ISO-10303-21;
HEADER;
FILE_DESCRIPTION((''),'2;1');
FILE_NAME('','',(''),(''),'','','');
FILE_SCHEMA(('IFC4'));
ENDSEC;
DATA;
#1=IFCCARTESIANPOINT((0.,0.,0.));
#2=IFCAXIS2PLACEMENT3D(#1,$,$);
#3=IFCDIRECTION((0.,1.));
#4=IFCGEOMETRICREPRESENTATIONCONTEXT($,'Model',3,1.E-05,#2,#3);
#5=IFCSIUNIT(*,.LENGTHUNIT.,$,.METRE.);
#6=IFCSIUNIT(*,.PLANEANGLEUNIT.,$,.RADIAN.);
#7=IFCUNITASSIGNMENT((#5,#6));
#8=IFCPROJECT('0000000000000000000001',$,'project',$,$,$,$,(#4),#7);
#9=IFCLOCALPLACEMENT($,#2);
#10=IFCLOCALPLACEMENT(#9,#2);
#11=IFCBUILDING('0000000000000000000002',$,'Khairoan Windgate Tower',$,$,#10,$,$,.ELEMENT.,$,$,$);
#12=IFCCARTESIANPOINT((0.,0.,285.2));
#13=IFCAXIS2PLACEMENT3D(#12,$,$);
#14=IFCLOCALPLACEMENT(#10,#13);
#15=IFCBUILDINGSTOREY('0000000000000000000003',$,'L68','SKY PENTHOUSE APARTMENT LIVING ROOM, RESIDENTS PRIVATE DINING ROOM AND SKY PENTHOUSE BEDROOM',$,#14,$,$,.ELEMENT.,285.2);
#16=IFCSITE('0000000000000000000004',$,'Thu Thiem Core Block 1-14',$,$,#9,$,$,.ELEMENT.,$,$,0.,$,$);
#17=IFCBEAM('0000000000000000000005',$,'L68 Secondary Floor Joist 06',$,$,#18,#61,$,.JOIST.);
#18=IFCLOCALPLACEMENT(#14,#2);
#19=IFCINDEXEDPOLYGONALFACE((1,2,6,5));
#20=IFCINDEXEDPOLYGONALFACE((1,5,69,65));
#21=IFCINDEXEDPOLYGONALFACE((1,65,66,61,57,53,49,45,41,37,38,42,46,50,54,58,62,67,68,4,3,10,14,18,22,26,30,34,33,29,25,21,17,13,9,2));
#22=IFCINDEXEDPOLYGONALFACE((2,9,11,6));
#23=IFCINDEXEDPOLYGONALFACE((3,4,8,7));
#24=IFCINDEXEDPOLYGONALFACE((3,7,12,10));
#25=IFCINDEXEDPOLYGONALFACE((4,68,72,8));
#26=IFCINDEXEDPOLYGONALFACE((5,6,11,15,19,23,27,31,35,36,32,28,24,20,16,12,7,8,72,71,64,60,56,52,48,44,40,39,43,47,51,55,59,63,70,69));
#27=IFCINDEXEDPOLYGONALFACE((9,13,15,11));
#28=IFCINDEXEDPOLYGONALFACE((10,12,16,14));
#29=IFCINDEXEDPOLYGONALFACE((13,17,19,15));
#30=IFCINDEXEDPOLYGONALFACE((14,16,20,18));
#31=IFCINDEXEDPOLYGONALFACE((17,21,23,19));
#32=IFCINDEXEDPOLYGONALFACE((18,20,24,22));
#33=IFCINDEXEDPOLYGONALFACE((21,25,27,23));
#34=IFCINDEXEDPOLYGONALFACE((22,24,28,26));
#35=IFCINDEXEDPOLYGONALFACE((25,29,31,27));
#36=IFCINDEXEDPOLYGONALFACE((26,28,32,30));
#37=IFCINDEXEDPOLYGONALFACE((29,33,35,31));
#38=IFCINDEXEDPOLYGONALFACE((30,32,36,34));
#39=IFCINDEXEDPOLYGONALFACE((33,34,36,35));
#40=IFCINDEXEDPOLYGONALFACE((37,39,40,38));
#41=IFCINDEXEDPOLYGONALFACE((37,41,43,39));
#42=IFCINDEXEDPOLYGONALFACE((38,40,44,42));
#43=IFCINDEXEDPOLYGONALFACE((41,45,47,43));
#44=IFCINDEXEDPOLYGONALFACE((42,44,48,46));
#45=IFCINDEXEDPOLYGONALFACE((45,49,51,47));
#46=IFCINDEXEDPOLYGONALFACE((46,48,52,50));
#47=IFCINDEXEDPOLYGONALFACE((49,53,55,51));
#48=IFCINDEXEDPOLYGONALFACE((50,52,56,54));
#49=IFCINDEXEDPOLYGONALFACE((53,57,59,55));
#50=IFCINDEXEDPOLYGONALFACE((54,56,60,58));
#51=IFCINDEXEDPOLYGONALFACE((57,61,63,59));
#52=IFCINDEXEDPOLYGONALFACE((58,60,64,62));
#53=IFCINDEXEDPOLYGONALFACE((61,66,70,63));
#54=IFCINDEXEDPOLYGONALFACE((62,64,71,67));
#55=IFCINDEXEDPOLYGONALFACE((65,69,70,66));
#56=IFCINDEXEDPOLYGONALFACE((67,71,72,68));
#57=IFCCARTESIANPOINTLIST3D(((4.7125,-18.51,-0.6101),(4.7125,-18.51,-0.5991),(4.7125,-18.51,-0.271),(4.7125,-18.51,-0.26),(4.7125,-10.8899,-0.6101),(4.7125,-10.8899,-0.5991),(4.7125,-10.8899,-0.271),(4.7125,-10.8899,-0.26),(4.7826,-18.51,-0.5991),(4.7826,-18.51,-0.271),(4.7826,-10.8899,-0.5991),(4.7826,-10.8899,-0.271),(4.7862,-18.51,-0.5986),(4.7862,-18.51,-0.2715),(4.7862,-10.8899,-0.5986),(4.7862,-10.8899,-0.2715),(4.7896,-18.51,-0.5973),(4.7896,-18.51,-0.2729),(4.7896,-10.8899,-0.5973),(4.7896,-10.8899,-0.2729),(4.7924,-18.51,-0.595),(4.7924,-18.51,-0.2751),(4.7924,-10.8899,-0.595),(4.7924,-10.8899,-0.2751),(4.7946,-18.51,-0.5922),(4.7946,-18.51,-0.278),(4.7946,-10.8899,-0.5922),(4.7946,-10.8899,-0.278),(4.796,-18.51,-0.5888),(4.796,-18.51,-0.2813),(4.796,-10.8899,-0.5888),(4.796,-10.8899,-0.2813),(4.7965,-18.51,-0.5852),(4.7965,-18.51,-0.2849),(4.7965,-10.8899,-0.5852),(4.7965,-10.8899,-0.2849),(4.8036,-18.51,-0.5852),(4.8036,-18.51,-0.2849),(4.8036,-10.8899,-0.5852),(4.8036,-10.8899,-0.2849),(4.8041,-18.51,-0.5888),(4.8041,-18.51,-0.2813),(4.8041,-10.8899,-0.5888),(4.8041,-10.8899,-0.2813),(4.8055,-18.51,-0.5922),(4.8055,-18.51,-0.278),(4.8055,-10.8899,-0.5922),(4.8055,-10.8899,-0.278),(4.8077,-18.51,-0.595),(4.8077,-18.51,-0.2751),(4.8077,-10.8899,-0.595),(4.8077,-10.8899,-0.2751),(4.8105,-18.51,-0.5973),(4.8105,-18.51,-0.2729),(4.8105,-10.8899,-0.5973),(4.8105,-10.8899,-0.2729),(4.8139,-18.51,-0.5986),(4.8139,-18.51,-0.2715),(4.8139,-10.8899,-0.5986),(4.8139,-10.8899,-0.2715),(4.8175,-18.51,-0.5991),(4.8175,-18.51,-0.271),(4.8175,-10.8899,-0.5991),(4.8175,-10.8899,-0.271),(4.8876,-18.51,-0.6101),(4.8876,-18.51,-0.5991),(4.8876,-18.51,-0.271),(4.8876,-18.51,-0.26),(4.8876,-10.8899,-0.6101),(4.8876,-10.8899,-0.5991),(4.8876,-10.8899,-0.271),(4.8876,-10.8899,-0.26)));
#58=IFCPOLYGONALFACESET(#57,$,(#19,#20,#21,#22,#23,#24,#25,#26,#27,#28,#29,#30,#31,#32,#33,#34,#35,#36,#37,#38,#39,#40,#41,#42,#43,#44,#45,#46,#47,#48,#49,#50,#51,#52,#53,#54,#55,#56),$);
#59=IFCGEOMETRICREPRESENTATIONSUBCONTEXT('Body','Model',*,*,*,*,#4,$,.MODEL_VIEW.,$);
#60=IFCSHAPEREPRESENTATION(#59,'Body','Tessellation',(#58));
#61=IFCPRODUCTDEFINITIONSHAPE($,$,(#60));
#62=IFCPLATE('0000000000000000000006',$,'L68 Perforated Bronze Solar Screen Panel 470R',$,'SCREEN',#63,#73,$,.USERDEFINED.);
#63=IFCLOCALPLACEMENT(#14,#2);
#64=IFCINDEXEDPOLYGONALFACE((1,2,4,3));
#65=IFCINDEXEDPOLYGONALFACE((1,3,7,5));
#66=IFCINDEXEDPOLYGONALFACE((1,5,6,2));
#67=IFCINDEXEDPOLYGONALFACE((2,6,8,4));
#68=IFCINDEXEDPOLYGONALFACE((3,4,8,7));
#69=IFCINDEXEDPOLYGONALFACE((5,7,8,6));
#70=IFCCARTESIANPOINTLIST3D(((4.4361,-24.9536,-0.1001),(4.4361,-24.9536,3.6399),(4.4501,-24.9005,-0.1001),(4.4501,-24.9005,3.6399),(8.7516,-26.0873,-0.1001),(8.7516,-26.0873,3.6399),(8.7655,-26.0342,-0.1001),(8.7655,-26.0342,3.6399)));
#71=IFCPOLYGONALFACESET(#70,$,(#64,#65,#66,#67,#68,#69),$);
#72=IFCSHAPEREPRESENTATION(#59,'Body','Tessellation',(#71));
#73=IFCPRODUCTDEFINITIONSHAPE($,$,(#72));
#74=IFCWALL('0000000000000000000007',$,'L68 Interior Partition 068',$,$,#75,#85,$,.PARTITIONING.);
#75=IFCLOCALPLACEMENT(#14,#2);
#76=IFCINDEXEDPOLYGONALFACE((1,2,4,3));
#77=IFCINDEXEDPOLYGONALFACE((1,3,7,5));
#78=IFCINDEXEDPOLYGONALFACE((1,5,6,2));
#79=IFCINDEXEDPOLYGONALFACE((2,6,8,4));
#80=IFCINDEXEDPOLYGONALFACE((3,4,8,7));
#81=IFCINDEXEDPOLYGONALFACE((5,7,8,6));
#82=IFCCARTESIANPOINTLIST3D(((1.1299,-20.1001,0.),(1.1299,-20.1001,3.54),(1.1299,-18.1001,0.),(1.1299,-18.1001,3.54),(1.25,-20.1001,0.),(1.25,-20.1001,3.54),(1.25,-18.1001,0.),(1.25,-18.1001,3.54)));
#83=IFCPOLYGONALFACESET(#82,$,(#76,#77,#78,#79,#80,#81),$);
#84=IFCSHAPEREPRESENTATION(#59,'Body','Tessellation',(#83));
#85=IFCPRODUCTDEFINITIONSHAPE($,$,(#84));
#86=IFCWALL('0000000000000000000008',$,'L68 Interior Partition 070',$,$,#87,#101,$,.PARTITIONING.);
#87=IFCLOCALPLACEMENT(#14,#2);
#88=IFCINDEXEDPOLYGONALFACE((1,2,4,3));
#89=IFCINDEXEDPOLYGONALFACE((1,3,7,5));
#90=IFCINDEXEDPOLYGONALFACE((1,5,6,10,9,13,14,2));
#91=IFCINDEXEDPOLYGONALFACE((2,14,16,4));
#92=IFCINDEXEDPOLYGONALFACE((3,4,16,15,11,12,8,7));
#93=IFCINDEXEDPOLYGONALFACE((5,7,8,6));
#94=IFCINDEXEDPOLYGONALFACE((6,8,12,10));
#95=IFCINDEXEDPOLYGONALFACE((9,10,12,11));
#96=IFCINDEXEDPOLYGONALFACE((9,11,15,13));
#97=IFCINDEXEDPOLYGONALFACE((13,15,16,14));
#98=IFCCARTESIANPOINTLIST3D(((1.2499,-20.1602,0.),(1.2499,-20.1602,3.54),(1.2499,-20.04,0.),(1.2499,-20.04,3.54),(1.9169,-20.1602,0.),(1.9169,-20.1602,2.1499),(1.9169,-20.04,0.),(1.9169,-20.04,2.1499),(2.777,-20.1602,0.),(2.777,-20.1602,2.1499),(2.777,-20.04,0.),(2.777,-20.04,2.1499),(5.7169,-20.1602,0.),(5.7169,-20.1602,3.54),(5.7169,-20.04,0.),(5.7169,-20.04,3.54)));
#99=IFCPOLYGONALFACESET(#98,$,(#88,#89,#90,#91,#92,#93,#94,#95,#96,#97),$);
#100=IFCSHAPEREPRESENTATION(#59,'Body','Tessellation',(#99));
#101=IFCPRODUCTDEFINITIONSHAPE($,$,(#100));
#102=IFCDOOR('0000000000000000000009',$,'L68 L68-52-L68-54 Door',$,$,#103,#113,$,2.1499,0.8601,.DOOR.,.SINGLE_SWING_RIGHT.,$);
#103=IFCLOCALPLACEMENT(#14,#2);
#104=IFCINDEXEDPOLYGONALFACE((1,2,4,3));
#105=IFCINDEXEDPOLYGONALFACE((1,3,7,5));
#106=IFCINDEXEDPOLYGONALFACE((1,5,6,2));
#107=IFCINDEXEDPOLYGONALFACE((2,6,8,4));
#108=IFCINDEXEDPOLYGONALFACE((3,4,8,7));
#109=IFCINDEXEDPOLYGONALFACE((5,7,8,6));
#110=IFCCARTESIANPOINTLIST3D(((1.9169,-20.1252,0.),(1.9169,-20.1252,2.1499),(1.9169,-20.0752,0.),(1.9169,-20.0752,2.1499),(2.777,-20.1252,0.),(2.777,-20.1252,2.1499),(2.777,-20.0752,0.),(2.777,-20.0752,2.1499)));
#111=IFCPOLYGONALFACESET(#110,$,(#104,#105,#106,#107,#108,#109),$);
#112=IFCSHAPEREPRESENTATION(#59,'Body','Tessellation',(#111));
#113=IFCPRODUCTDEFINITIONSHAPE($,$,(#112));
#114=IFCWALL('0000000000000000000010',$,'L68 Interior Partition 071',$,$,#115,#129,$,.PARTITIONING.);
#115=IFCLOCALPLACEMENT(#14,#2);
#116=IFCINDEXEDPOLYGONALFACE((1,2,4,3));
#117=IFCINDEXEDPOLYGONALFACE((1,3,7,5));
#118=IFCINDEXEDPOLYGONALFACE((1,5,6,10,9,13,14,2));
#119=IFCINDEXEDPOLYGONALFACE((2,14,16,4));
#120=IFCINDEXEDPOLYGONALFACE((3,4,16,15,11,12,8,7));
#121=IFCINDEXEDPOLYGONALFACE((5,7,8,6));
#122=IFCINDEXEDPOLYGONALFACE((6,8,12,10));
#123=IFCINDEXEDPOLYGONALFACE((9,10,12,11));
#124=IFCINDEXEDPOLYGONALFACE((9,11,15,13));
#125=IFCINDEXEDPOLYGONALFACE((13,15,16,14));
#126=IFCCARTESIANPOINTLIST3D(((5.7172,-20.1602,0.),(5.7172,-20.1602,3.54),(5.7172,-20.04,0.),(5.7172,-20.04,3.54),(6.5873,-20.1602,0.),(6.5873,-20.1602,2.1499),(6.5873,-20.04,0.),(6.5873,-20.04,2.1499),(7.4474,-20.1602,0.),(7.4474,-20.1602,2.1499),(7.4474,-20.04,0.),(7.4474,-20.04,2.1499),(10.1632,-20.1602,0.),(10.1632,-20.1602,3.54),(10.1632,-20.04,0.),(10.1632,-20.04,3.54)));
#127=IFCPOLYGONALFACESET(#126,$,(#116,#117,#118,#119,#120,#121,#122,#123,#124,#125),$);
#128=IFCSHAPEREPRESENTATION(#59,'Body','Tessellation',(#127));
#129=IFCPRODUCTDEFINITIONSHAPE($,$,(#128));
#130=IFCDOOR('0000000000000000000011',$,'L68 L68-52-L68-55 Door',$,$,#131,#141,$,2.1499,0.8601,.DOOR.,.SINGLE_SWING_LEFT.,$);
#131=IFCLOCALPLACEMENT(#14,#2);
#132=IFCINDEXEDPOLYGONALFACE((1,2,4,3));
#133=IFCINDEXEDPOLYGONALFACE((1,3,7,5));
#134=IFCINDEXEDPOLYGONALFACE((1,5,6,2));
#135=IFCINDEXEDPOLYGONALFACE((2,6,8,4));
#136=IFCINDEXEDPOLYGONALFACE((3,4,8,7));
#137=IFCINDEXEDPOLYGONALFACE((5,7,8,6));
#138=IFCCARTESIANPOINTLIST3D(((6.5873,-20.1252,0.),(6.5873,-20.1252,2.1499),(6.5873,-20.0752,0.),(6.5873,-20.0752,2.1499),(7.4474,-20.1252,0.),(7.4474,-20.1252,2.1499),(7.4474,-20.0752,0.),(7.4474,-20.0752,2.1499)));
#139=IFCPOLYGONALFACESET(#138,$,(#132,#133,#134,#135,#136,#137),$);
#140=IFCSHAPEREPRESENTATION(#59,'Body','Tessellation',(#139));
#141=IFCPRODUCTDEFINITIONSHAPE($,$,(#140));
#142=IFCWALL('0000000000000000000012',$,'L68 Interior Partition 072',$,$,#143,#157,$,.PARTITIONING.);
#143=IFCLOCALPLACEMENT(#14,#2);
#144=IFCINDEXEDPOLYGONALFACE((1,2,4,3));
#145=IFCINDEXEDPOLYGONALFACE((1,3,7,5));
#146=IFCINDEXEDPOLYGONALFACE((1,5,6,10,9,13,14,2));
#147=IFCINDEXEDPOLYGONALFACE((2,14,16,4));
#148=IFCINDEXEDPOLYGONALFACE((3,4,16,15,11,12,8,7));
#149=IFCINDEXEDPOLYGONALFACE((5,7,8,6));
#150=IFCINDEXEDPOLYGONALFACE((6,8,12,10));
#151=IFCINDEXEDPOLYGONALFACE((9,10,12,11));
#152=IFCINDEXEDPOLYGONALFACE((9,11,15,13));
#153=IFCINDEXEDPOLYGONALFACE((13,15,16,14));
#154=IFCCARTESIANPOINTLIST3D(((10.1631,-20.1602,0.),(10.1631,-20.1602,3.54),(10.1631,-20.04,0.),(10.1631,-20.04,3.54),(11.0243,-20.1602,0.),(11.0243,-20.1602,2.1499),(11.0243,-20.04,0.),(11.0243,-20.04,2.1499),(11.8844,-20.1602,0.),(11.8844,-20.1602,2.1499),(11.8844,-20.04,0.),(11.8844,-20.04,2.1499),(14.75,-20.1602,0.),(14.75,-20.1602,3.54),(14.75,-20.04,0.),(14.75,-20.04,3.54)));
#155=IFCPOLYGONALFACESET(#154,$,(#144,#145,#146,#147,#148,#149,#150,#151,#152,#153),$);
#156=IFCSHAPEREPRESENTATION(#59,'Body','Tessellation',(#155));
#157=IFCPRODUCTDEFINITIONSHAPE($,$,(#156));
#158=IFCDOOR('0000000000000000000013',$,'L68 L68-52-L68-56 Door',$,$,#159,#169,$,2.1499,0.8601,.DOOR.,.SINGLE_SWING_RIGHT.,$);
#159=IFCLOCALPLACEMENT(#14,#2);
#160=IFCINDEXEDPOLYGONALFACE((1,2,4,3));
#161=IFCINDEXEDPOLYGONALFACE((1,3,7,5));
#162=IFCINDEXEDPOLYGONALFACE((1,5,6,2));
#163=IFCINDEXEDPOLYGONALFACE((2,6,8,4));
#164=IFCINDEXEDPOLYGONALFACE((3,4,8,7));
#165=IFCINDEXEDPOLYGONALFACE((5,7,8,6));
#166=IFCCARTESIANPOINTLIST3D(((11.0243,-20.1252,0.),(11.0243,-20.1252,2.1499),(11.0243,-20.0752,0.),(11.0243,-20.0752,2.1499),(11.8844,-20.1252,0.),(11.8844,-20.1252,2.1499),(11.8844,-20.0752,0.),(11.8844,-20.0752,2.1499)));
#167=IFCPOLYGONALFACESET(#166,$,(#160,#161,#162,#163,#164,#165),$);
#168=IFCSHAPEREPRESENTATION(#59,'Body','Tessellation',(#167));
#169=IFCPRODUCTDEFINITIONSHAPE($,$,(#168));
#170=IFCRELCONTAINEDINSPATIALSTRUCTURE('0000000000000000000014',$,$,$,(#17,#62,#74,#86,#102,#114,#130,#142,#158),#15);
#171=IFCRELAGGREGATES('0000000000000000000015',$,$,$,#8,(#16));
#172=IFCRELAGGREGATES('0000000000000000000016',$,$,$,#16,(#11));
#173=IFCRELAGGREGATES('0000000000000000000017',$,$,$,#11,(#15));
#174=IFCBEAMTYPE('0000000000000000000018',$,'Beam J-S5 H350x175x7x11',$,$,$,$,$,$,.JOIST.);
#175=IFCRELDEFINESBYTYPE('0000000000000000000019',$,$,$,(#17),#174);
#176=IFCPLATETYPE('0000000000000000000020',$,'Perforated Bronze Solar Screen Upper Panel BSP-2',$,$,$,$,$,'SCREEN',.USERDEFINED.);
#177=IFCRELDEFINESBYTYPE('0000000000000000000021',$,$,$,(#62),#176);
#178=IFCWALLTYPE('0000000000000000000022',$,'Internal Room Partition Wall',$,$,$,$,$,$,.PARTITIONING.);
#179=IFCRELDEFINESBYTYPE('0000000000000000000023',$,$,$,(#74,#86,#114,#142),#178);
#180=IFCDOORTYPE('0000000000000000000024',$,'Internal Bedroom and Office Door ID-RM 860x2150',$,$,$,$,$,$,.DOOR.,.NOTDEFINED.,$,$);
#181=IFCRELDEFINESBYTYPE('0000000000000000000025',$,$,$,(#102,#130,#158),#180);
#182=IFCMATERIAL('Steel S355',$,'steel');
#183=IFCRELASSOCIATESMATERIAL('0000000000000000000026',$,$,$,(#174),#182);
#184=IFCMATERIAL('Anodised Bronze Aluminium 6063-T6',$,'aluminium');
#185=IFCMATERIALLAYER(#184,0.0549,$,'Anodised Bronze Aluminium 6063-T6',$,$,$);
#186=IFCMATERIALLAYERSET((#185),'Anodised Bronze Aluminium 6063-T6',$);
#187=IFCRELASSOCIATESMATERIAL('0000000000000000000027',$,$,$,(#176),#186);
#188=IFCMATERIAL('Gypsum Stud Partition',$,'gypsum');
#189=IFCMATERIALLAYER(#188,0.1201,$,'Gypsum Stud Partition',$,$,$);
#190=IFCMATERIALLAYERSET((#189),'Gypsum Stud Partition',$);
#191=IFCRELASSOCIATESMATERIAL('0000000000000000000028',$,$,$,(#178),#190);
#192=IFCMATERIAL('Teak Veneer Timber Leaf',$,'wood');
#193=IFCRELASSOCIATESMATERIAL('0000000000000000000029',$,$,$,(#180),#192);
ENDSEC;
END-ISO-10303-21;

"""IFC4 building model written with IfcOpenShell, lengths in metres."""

from ifc_helpers import new_model, si_unit, direction, frame, frame_2d, origin, origin_2d, place, context, subcontext, project, spatial, rectangle, i_section, extrude, material, layer, layer_set, material_profile, profile_set, type_object, element, fill, save


model = new_model("IFC4")

# Units and contexts
model_context = context("Model", 3, precision=1e-05, world=origin(), true_north=direction((0.0, 1.0)))
body_context = subcontext(model_context, "Body", "Model", "MODEL_VIEW")
ifc_project = project(units=[si_unit("LENGTHUNIT", "METRE"), si_unit("PLANEANGLEUNIT", "RADIAN")], contexts=[model_context])

# Site, building, storey
site_placement = place(None, origin())
site = spatial("IfcSite", under=ifc_project, at=site_placement, Name="Thu Thiem Core Block 1-14", CompositionType="ELEMENT", RefElevation=0.0)
building_placement = place(site_placement, origin())
building = spatial("IfcBuilding", under=site, at=building_placement, Name="Khairoan Windgate Tower", CompositionType="ELEMENT")
storey_placement = place(building_placement, frame((0.0, 0.0, 285.2)))
storey = spatial("IfcBuildingStorey", under=building, at=storey_placement, Name="L68", Description="SKY PENTHOUSE APARTMENT LIVING ROOM, RESIDENTS PRIVATE DINING ROOM AND SKY PENTHOUSE BEDROOM", CompositionType="ELEMENT", Elevation=285.2)

# Beam
ifc_material_1 = material(Name="Steel S355", Category="steel")
ifc_material_profile_1 = material_profile(ifc_material_1, i_section(OverallWidth=0.175, OverallDepth=0.3501, WebThickness=0.0071, FlangeThickness=0.011, FilletRadius=0.0139, at=origin_2d()))
ifc_profile_set_1 = profile_set([ifc_material_profile_1], Name="Steel S355")
beam_type_1 = type_object("IfcBeamType", Name="Beam J-S5 H350x175x7x11", PredefinedType="JOIST", material=ifc_profile_set_1)
beam_1_placement = place(storey_placement, frame((4.8, -18.51, -0.4351), z_axis=(0.0, 1.0, 0.0), x_axis=(-1.0, 0.0, 0.0)))
element("IfcBeam", 1, at=beam_1_placement, inside=storey, type_object=beam_type_1, Name="L68 Secondary Floor Joist 06", PredefinedType="JOIST", context=body_context, shape_type="SweptSolid", body=[
    extrude(i_section(OverallWidth=0.175, OverallDepth=0.3501, WebThickness=0.0071, FlangeThickness=0.011, FilletRadius=0.0139, at=origin_2d()), origin(), (0.0, 0.0, 1.0), 7.6201),
])

# Plate
ifc_material_2 = material(Name="Anodised Bronze Aluminium 6063-T6", Category="aluminium")
ifc_layer_1 = layer(ifc_material_2, 0.0549, Name="Anodised Bronze Aluminium 6063-T6")
ifc_layer_set_1 = layer_set([ifc_layer_1], Name="Anodised Bronze Aluminium 6063-T6")
plate_type = type_object("IfcPlateType", Name="Perforated Bronze Solar Screen Upper Panel BSP-2", ElementType="SCREEN", PredefinedType="USERDEFINED", material=ifc_layer_set_1)
plate_placement = place(storey_placement, frame((6.6008, -25.4939, -0.1001), z_axis=(0.0, 0.0, 1.0), x_axis=(-0.967179, 0.254096, 0.0)))
element("IfcPlate", 2, at=plate_placement, inside=storey, type_object=plate_type, Name="L68 Perforated Bronze Solar Screen Panel 470R", ObjectType="SCREEN", PredefinedType="USERDEFINED", context=body_context, shape_type="SweptSolid", body=[
    extrude(rectangle(XDim=4.4619, YDim=0.0549, at=origin_2d()), origin(), (0.0, 0.0, 1.0), 3.74),
])

# Wall
ifc_material_3 = material(Name="Gypsum Stud Partition", Category="gypsum")
ifc_layer_2 = layer(ifc_material_3, 0.1201, Name="Gypsum Stud Partition")
ifc_layer_set_2 = layer_set([ifc_layer_2], Name="Gypsum Stud Partition")
wall_type_1 = type_object("IfcWallType", Name="Internal Room Partition Wall", PredefinedType="PARTITIONING", material=ifc_layer_set_2)
wall_1_placement = place(storey_placement, frame((1.1899, -20.1001, 0.0), z_axis=(0.0, 0.0, 1.0), x_axis=(0.0, 1.0, 0.0)))
element("IfcWall", 3, at=wall_1_placement, inside=storey, type_object=wall_type_1, Name="L68 Interior Partition 068", PredefinedType="PARTITIONING", context=body_context, shape_type="SweptSolid", body=[
    extrude(rectangle(XDim=2.0, YDim=0.1201, at=frame_2d((1.0, 0.0))), origin(), (0.0, 0.0, 1.0), 3.54),
])

# Walls, openings, doors
wall_2_placement = place(storey_placement, frame((1.25, -20.1001, 0.0), z_axis=(0.0, 0.0, 1.0), x_axis=(1.0, 0.0, 0.0)))
wall_2 = element("IfcWall", 4, at=wall_2_placement, inside=storey, type_object=wall_type_1, Name="L68 Interior Partition 070", PredefinedType="PARTITIONING", context=body_context, shape_type="SweptSolid", body=[
    extrude(rectangle(XDim=4.467, YDim=0.1201, at=frame_2d((2.2334, 0.0))), origin(), (0.0, 0.0, 1.0), 3.54),
])
opening_1_placement = place(wall_2_placement, frame((0.6667, 0.0, 0.0)))
opening_1 = element("IfcOpeningElement", 5, at=opening_1_placement, cuts=wall_2, PredefinedType="OPENING", context=body_context, shape_type="SweptSolid", body=[
    extrude(rectangle(XDim=0.8601, YDim=2.1499, at=frame_2d((0.4302, 1.075))), frame((0.0, 0.0701, 0.0), z_axis=(0.0, -1.0, 0.0), x_axis=(1.0, 0.0, 0.0)), (0.0, 0.0, 1.0), 0.1401),
])
ifc_material_4 = material(Name="Teak Veneer Timber Leaf", Category="wood")
door_type_1 = type_object("IfcDoorType", Name="Internal Bedroom and Office Door ID-RM 860x2150", OperationType="NOTDEFINED", PredefinedType="DOOR", material=ifc_material_4)
door_1_placement = place(opening_1_placement, origin())
door_1 = element("IfcDoor", 6, at=door_1_placement, inside=storey, type_object=door_type_1, Name="L68 L68-52-L68-54 Door", OperationType="SINGLE_SWING_RIGHT", OverallHeight=2.1499, OverallWidth=0.8601, PredefinedType="DOOR", context=body_context, shape_type="SweptSolid", body=[
    extrude(rectangle(XDim=0.8601, YDim=2.1499, at=frame_2d((0.4302, 1.075))), frame((0.0, 0.0249, 0.0), z_axis=(0.0, -1.0, 0.0), x_axis=(1.0, 0.0, 0.0)), (0.0, 0.0, 1.0), 0.05),
])
fill(opening_1, door_1)
wall_3_placement = place(storey_placement, frame((5.717, -20.1001, 0.0), z_axis=(0.0, 0.0, 1.0), x_axis=(1.0, 0.0, 0.0)))
wall_3 = element("IfcWall", 7, at=wall_3_placement, inside=storey, type_object=wall_type_1, Name="L68 Interior Partition 071", PredefinedType="PARTITIONING", context=body_context, shape_type="SweptSolid", body=[
    extrude(rectangle(XDim=4.446, YDim=0.1201, at=frame_2d((2.2231, 0.0))), origin(), (0.0, 0.0, 1.0), 3.54),
])
opening_2_placement = place(wall_3_placement, frame((0.8701, 0.0, 0.0)))
opening_2 = element("IfcOpeningElement", 8, at=opening_2_placement, cuts=wall_3, PredefinedType="OPENING", context=body_context, shape_type="SweptSolid", body=[
    extrude(rectangle(XDim=0.8601, YDim=2.1499, at=frame_2d((0.4302, 1.075))), frame((0.0, 0.0701, 0.0), z_axis=(0.0, -1.0, 0.0), x_axis=(1.0, 0.0, 0.0)), (0.0, 0.0, 1.0), 0.1401),
])
door_2_placement = place(opening_2_placement, origin())
door_2 = element("IfcDoor", 9, at=door_2_placement, inside=storey, type_object=door_type_1, Name="L68 L68-52-L68-55 Door", OperationType="SINGLE_SWING_LEFT", OverallHeight=2.1499, OverallWidth=0.8601, PredefinedType="DOOR", context=body_context, shape_type="SweptSolid", body=[
    extrude(rectangle(XDim=0.8601, YDim=2.1499, at=frame_2d((0.4302, 1.075))), frame((0.0, 0.0249, 0.0), z_axis=(0.0, -1.0, 0.0), x_axis=(1.0, 0.0, 0.0)), (0.0, 0.0, 1.0), 0.05),
])
fill(opening_2, door_2)
wall_4_placement = place(storey_placement, frame((10.1631, -20.1001, 0.0), z_axis=(0.0, 0.0, 1.0), x_axis=(1.0, 0.0, 0.0)))
wall_4 = element("IfcWall", 10, at=wall_4_placement, inside=storey, type_object=wall_type_1, Name="L68 Interior Partition 072", PredefinedType="PARTITIONING", context=body_context, shape_type="SweptSolid", body=[
    extrude(rectangle(XDim=4.5869, YDim=0.1201, at=frame_2d((2.2935, 0.0))), origin(), (0.0, 0.0, 1.0), 3.54),
])
opening_3_placement = place(wall_4_placement, frame((0.8611, 0.0, 0.0)))
opening_3 = element("IfcOpeningElement", 11, at=opening_3_placement, cuts=wall_4, PredefinedType="OPENING", context=body_context, shape_type="SweptSolid", body=[
    extrude(rectangle(XDim=0.8601, YDim=2.1499, at=frame_2d((0.4302, 1.075))), frame((0.0, 0.0701, 0.0), z_axis=(0.0, -1.0, 0.0), x_axis=(1.0, 0.0, 0.0)), (0.0, 0.0, 1.0), 0.1401),
])
door_3_placement = place(opening_3_placement, origin())
door_3 = element("IfcDoor", 12, at=door_3_placement, inside=storey, type_object=door_type_1, Name="L68 L68-52-L68-56 Door", OperationType="SINGLE_SWING_RIGHT", OverallHeight=2.1499, OverallWidth=0.8601, PredefinedType="DOOR", context=body_context, shape_type="SweptSolid", body=[
    extrude(rectangle(XDim=0.8601, YDim=2.1499, at=frame_2d((0.4302, 1.075))), frame((0.0, 0.0249, 0.0), z_axis=(0.0, -1.0, 0.0), x_axis=(1.0, 0.0, 0.0)), (0.0, 0.0, 1.0), 0.05),
])
fill(opening_3, door_3)

save(model, "model.ifc")
